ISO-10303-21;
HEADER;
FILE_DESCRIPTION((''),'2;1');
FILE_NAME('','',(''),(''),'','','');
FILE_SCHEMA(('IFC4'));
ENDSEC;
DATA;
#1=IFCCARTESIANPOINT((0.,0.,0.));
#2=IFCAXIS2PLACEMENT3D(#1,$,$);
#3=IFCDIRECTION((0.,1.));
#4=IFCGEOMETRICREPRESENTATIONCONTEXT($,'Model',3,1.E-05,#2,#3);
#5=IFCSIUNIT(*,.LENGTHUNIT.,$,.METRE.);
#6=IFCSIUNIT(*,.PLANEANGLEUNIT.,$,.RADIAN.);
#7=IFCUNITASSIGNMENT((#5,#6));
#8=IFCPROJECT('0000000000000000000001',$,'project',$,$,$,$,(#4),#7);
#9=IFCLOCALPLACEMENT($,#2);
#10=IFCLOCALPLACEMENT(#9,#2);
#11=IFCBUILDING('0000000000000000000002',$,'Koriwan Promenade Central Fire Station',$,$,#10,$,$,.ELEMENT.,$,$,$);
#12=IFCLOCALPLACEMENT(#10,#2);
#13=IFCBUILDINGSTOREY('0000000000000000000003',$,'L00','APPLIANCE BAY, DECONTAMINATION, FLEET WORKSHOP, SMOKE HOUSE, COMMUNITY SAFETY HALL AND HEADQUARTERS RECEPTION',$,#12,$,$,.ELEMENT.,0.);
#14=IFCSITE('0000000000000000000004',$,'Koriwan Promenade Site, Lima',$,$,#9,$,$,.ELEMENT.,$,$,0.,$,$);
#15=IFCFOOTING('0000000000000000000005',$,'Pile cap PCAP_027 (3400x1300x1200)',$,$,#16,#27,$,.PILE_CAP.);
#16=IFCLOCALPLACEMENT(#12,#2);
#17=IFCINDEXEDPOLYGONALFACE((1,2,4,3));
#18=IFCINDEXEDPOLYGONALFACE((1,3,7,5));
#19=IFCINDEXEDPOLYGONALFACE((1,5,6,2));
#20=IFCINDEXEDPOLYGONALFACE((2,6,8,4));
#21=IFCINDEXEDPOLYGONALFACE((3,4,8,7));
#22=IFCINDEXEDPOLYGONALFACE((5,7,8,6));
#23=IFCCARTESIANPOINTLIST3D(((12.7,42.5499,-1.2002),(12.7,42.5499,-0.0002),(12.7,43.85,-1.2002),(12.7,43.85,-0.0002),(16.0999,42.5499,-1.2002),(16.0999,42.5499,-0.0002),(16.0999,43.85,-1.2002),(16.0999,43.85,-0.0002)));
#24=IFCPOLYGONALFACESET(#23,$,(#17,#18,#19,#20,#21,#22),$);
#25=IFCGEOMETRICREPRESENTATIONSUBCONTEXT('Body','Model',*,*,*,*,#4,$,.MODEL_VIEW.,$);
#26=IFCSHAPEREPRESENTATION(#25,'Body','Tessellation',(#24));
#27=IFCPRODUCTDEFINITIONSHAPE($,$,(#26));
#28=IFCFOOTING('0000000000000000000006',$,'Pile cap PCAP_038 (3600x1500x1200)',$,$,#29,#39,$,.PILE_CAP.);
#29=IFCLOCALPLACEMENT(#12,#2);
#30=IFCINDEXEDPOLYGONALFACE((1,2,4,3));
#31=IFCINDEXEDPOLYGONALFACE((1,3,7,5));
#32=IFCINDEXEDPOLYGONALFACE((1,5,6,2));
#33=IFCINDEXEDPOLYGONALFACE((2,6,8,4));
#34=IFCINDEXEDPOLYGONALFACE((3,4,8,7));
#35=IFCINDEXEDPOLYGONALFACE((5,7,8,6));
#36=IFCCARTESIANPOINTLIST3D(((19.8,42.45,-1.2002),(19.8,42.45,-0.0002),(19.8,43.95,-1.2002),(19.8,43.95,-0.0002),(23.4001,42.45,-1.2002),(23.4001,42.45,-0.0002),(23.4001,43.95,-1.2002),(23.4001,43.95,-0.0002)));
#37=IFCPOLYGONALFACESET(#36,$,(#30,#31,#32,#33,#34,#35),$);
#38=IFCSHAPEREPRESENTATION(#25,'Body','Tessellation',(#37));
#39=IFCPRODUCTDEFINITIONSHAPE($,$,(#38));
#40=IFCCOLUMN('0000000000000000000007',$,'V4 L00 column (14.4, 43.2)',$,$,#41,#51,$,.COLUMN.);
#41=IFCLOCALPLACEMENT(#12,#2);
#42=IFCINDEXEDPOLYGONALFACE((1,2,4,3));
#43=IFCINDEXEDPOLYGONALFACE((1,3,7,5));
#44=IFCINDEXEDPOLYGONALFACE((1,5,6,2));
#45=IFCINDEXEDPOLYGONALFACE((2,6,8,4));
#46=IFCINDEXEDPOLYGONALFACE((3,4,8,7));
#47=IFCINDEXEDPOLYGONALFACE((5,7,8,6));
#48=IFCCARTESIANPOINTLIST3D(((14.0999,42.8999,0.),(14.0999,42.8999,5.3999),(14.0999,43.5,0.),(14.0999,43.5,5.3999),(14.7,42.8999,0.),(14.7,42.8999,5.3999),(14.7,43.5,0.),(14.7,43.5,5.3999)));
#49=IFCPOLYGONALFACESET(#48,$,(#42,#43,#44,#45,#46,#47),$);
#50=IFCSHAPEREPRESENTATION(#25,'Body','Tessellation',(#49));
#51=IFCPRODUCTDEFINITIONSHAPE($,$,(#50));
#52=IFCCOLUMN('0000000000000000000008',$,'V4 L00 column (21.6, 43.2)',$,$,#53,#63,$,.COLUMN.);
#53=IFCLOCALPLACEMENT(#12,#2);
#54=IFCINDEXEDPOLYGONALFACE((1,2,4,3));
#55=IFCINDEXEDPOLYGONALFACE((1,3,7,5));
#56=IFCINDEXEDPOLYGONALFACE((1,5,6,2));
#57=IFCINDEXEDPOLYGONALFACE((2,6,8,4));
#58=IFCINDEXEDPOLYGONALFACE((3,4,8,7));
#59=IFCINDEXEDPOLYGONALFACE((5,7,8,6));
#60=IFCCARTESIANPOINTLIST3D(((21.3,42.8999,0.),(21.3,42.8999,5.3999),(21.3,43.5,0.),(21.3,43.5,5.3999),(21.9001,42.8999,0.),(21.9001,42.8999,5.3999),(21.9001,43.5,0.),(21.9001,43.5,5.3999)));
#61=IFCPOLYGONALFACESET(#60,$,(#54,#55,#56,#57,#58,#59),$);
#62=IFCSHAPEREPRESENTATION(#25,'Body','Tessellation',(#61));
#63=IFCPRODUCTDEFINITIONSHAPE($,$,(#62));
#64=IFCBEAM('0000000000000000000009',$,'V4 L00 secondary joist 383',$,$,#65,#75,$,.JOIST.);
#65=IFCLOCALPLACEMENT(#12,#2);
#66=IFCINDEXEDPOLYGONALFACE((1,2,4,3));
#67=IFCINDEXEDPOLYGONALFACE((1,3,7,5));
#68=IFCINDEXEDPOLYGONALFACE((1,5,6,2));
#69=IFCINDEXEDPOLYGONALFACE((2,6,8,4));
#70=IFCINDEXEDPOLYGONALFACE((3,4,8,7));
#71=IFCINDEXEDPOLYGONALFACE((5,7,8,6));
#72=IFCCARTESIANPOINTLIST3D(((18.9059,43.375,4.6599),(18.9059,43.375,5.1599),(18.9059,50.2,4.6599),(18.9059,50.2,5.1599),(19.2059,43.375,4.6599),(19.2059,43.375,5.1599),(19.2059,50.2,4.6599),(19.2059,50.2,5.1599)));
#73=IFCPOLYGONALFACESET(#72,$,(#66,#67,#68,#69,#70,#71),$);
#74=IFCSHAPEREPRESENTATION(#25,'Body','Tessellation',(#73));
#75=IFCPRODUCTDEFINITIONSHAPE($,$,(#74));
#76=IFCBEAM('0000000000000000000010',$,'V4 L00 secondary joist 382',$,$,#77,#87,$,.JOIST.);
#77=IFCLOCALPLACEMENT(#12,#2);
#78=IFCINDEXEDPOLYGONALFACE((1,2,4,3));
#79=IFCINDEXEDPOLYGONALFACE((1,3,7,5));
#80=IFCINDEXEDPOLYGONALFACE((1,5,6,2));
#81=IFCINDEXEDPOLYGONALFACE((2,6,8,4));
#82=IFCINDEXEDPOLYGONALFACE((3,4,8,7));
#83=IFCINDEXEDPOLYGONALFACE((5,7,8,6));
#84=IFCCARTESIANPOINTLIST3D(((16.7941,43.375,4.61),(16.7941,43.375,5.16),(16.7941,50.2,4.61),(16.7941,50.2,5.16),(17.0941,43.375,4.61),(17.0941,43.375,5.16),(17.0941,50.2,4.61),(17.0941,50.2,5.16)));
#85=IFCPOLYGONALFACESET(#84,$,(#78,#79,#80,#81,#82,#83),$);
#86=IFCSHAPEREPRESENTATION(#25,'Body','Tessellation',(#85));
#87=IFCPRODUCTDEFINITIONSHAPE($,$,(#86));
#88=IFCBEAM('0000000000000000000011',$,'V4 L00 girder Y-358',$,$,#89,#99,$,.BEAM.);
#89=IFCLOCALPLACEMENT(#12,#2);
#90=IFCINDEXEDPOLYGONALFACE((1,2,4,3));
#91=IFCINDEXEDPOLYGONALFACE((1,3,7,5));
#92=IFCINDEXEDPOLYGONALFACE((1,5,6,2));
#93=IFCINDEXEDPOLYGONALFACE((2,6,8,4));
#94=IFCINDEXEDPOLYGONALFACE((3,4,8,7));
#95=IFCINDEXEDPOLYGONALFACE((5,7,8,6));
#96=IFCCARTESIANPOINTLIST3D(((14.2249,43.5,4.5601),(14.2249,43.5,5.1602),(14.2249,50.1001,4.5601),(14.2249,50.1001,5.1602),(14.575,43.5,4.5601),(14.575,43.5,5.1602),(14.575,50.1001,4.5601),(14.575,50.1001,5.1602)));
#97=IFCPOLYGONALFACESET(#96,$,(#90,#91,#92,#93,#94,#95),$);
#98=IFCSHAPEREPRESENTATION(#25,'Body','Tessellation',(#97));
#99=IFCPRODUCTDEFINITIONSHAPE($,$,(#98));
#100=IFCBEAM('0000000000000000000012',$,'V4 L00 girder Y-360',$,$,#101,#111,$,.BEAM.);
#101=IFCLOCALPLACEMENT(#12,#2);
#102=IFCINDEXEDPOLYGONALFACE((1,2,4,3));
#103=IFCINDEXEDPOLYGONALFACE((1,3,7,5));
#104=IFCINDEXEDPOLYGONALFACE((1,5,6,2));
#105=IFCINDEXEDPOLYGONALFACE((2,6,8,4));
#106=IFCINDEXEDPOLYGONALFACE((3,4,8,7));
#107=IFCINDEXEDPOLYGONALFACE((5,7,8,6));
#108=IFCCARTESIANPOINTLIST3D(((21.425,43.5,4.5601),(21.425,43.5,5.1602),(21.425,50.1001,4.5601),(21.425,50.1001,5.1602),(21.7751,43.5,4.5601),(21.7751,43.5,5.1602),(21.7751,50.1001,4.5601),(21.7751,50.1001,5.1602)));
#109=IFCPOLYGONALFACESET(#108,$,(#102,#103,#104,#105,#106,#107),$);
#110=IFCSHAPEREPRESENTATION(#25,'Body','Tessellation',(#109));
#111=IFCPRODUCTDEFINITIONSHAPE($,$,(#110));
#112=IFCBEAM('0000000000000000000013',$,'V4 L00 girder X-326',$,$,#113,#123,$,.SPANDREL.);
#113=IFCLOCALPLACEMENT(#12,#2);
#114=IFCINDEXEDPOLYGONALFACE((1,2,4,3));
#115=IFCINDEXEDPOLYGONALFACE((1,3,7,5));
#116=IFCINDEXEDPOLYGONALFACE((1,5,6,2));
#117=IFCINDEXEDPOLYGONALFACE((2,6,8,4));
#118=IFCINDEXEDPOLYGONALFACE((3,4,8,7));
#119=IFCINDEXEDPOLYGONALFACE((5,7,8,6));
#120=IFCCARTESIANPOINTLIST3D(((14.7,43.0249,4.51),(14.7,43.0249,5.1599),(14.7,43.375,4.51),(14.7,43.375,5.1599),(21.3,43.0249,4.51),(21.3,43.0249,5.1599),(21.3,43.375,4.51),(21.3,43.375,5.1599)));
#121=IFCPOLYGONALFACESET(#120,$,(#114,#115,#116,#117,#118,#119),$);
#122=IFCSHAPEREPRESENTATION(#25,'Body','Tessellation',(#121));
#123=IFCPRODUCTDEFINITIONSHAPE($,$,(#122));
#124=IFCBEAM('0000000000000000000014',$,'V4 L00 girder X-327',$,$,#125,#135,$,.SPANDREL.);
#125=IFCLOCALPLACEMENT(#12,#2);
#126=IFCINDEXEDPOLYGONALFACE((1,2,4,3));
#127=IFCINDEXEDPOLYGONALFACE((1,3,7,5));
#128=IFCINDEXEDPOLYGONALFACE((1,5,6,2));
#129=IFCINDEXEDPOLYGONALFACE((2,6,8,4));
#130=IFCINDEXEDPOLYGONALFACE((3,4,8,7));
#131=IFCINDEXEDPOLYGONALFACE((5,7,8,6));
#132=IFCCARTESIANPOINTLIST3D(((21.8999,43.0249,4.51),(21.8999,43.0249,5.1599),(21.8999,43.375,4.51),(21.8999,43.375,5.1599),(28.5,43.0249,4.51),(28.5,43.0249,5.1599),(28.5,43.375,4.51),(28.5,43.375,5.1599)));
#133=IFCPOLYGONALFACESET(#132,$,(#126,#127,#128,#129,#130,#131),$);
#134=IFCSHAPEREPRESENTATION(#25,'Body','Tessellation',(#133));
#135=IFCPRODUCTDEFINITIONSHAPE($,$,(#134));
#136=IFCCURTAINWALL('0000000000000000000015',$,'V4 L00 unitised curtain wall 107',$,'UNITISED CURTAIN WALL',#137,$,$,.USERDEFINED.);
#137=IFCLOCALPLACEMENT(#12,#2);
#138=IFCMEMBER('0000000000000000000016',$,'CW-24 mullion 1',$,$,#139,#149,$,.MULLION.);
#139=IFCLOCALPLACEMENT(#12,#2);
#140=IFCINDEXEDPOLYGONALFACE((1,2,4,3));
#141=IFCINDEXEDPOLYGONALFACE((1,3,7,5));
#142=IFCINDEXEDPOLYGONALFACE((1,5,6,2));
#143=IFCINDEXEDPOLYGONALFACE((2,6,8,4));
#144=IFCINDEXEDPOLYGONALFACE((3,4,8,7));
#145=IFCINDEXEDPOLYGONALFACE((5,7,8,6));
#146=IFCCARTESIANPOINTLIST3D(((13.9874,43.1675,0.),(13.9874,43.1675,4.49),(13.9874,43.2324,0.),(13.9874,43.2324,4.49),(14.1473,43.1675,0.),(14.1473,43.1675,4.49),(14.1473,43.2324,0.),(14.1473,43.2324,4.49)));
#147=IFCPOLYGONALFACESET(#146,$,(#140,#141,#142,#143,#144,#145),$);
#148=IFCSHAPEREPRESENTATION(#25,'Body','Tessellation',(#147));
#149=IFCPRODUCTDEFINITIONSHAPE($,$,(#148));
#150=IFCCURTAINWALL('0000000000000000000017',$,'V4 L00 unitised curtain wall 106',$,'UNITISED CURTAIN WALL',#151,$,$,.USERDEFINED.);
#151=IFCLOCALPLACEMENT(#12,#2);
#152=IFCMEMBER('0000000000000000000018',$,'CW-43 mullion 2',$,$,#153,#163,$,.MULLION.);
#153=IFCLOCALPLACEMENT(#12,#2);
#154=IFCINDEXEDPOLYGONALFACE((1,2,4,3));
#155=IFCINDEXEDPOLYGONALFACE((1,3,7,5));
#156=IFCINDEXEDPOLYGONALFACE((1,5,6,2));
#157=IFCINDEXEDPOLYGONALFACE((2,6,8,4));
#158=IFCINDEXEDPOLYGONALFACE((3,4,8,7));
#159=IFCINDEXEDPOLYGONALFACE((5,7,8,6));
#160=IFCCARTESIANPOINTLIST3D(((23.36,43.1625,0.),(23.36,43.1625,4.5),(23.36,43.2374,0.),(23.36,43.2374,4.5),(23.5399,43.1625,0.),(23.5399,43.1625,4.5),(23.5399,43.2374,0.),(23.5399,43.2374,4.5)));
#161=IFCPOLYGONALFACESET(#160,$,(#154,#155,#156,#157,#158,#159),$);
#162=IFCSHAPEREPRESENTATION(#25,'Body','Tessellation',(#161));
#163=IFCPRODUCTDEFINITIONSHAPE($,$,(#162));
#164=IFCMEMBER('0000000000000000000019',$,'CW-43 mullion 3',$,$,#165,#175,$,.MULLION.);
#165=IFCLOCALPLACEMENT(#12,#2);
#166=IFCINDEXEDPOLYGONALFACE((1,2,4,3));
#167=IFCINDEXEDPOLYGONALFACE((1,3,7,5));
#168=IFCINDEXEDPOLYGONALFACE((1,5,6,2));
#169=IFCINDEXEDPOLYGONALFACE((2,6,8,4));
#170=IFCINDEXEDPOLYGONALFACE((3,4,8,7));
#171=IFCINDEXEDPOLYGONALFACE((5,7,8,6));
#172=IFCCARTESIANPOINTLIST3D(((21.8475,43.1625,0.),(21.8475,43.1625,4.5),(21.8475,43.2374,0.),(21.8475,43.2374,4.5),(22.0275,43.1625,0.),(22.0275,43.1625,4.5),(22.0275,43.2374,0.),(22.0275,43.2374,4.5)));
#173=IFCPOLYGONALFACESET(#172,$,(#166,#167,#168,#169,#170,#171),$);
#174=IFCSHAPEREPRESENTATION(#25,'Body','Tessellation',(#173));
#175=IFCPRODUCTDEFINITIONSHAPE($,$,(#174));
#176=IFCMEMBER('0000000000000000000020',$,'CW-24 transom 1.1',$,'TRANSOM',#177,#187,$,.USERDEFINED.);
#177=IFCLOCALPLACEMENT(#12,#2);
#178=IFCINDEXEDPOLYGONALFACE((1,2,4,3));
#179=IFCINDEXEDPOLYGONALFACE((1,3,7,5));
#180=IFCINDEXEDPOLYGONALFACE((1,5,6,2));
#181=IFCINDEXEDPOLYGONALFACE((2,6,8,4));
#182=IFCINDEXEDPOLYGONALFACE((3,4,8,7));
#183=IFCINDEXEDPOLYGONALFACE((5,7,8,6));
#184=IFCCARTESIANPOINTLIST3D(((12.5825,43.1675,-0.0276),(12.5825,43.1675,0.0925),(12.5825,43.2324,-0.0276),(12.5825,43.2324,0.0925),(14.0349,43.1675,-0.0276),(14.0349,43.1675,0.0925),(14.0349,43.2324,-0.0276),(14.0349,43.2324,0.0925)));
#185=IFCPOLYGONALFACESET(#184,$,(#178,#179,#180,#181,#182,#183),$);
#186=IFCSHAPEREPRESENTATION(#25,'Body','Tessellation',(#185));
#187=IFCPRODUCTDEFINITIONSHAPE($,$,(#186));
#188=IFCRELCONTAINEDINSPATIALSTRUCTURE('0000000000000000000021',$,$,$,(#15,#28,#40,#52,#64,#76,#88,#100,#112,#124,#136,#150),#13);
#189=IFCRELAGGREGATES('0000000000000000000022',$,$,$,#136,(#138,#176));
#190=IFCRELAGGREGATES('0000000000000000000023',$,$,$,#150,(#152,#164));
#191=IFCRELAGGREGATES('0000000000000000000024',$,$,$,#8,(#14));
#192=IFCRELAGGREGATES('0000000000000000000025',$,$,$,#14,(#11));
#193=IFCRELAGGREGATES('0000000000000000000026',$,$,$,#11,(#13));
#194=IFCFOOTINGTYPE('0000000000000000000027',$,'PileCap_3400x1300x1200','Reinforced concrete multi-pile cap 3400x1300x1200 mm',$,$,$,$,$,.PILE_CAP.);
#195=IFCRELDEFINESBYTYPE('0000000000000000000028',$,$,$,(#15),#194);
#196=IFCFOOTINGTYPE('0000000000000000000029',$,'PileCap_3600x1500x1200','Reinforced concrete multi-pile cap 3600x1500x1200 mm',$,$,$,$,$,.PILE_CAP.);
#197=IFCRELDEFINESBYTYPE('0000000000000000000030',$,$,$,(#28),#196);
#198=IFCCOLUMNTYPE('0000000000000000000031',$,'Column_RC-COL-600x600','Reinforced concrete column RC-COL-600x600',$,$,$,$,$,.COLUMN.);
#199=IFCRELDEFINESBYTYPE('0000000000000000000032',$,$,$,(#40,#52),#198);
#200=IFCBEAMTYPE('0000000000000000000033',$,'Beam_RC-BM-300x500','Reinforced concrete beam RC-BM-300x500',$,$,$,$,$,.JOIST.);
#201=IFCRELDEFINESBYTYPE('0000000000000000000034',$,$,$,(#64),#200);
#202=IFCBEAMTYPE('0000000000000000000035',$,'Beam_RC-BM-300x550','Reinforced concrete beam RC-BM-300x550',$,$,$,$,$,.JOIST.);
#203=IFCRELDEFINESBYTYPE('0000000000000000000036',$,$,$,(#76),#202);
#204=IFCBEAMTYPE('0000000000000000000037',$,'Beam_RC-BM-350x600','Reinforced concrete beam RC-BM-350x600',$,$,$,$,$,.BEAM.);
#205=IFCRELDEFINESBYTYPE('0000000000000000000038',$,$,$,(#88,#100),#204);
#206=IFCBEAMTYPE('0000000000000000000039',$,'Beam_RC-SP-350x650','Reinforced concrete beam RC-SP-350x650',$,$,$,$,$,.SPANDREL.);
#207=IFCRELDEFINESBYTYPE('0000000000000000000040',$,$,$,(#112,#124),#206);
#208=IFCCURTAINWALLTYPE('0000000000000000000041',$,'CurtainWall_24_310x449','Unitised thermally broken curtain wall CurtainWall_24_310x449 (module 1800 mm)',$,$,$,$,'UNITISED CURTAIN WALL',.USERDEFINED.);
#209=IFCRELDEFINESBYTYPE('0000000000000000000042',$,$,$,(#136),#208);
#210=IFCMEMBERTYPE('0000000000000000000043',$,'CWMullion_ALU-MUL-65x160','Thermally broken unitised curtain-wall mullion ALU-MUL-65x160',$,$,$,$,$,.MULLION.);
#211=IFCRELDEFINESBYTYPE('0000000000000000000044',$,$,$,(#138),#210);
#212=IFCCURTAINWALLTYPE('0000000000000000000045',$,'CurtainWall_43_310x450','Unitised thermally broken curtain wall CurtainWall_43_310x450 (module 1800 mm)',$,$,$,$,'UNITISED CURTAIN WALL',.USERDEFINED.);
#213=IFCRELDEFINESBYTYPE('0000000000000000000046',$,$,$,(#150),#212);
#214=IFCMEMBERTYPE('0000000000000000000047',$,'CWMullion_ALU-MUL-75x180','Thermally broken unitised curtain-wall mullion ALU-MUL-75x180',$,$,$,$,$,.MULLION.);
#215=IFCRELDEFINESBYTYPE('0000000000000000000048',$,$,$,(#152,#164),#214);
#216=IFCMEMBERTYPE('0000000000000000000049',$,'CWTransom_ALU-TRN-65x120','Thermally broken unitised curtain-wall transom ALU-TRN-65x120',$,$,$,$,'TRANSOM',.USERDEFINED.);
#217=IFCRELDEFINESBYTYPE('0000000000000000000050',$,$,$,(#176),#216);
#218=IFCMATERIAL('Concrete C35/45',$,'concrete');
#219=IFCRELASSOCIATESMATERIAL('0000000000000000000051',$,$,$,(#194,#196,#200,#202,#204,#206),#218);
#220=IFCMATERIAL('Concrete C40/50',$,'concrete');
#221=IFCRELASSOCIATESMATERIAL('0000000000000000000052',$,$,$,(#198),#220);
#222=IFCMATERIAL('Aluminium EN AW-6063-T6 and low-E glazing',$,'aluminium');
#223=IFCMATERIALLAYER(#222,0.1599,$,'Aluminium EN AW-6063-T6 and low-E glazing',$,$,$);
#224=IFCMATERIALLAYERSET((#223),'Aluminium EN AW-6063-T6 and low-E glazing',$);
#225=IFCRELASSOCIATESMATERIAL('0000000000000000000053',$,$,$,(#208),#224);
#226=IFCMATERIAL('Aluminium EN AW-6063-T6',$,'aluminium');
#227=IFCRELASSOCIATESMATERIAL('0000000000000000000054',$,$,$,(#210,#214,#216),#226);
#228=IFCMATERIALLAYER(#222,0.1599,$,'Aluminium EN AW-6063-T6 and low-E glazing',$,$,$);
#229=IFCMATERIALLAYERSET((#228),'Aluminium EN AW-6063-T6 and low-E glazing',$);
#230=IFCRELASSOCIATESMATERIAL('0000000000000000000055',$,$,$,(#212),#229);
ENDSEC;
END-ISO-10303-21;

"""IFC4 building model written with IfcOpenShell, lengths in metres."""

from ifc_helpers import new_model, si_unit, direction, frame, origin, origin_2d, place, context, subcontext, project, spatial, rectangle, extrude, material, layer, layer_set, material_profile, profile_set, type_object, element, aggregate, save


model = new_model("IFC4")

# Units and contexts
model_context = context("Model", 3, precision=1e-05, world=origin(), true_north=direction((0.0, 1.0)))
body_context = subcontext(model_context, "Body", "Model", "MODEL_VIEW")
ifc_project = project(units=[si_unit("LENGTHUNIT", "METRE"), si_unit("PLANEANGLEUNIT", "RADIAN")], contexts=[model_context])

# Site, building, storey
site_placement = place(None, origin())
site = spatial("IfcSite", under=ifc_project, at=site_placement, Name="Koriwan Promenade Site, Lima", CompositionType="ELEMENT", RefElevation=0.0)
building_placement = place(site_placement, origin())
building = spatial("IfcBuilding", under=site, at=building_placement, Name="Koriwan Promenade Central Fire Station", CompositionType="ELEMENT")
storey_placement = place(building_placement, origin())
storey = spatial("IfcBuildingStorey", under=building, at=storey_placement, Name="L00", Description="APPLIANCE BAY, DECONTAMINATION, FLEET WORKSHOP, SMOKE HOUSE, COMMUNITY SAFETY HALL AND HEADQUARTERS RECEPTION", CompositionType="ELEMENT", Elevation=0.0)

# Shared definitions
ifc_material_1 = material(Name="Concrete C35/45", Category="concrete")

# Footings
footing_type_1 = type_object("IfcFootingType", Name="PileCap_3400x1300x1200", Description="Reinforced concrete multi-pile cap 3400x1300x1200 mm", PredefinedType="PILE_CAP", material=ifc_material_1)
footing_1_placement = place(storey_placement, frame((14.3999, 43.2, -1.2002), z_axis=(0.0, 0.0, 1.0), x_axis=(1.0, 0.0, 0.0)))
element("IfcFooting", 1, at=footing_1_placement, inside=storey, type_object=footing_type_1, Name="Pile cap PCAP_027 (3400x1300x1200)", PredefinedType="PILE_CAP", context=body_context, shape_type="SweptSolid", body=[
    extrude(rectangle(XDim=3.3999, YDim=1.3, at=origin_2d()), origin(), (0.0, 0.0, 1.0), 1.2),
])
footing_type_2 = type_object("IfcFootingType", Name="PileCap_3600x1500x1200", Description="Reinforced concrete multi-pile cap 3600x1500x1200 mm", PredefinedType="PILE_CAP", material=ifc_material_1)
footing_2_placement = place(storey_placement, frame((21.6001, 43.2, -1.2002), z_axis=(0.0, 0.0, 1.0), x_axis=(1.0, 0.0, 0.0)))
element("IfcFooting", 2, at=footing_2_placement, inside=storey, type_object=footing_type_2, Name="Pile cap PCAP_038 (3600x1500x1200)", PredefinedType="PILE_CAP", context=body_context, shape_type="SweptSolid", body=[
    extrude(rectangle(XDim=3.6001, YDim=1.5, at=origin_2d()), origin(), (0.0, 0.0, 1.0), 1.2),
])

# Columns
ifc_material_2 = material(Name="Concrete C40/50", Category="concrete")
ifc_material_profile_1 = material_profile(ifc_material_2, rectangle(XDim=0.6001, YDim=0.6001, at=origin_2d()), Name="RC-COL-600x600")
ifc_profile_set_1 = profile_set([ifc_material_profile_1], Name="Concrete C40/50")
column_type = type_object("IfcColumnType", Name="Column_RC-COL-600x600", Description="Reinforced concrete column RC-COL-600x600", PredefinedType="COLUMN", material=ifc_profile_set_1)
for number, where, z_axis, x_axis, name in (
    (3, (14.3999, 43.2, 0.0), (0.0, 0.0, 1.0), (1.0, 0.0, 0.0), "V4 L00 column (14.4, 43.2)"),
    (4, (21.6001, 43.2, 0.0), (0.0, 0.0, 1.0), (1.0, 0.0, 0.0), "V4 L00 column (21.6, 43.2)"),
):
    element("IfcColumn", number, at=place(storey_placement, frame(where, z_axis=z_axis, x_axis=x_axis)), inside=storey, type_object=column_type, Name=name, PredefinedType="COLUMN", context=body_context, shape_type="SweptSolid", body=[
        extrude(rectangle(XDim=0.6001, YDim=0.6001, at=origin_2d()), origin(), (0.0, 0.0, 1.0), 5.3999),
    ])

# Beams
ifc_material_profile_2 = material_profile(ifc_material_1, rectangle(XDim=0.3, YDim=0.5, at=origin_2d()), Name="RC-BM-300x500")
ifc_profile_set_2 = profile_set([ifc_material_profile_2], Name="Concrete C35/45")
beam_type_1 = type_object("IfcBeamType", Name="Beam_RC-BM-300x500", Description="Reinforced concrete beam RC-BM-300x500", PredefinedType="JOIST", material=ifc_profile_set_2)
beam_1_placement = place(storey_placement, frame((19.0559, 43.375, 4.9099), z_axis=(0.0, 1.0, 0.0), x_axis=(-1.0, 0.0, 0.0)))
element("IfcBeam", 5, at=beam_1_placement, inside=storey, type_object=beam_type_1, Name="V4 L00 secondary joist 383", PredefinedType="JOIST", context=body_context, shape_type="SweptSolid", body=[
    extrude(rectangle(XDim=0.3, YDim=0.5, at=origin_2d()), origin(), (0.0, 0.0, 1.0), 6.825),
])
ifc_material_profile_3 = material_profile(ifc_material_1, rectangle(XDim=0.3, YDim=0.55, at=origin_2d()), Name="RC-BM-300x550")
ifc_profile_set_3 = profile_set([ifc_material_profile_3], Name="Concrete C35/45")
beam_type_2 = type_object("IfcBeamType", Name="Beam_RC-BM-300x550", Description="Reinforced concrete beam RC-BM-300x550", PredefinedType="JOIST", material=ifc_profile_set_3)
beam_2_placement = place(storey_placement, frame((16.9441, 43.375, 4.885), z_axis=(0.0, 1.0, 0.0), x_axis=(-1.0, 0.0, 0.0)))
element("IfcBeam", 6, at=beam_2_placement, inside=storey, type_object=beam_type_2, Name="V4 L00 secondary joist 382", PredefinedType="JOIST", context=body_context, shape_type="SweptSolid", body=[
    extrude(rectangle(XDim=0.3, YDim=0.55, at=origin_2d()), origin(), (0.0, 0.0, 1.0), 6.825),
])
ifc_material_profile_4 = material_profile(ifc_material_1, rectangle(XDim=0.3501, YDim=0.6001, at=origin_2d()), Name="RC-BM-350x600")
ifc_profile_set_4 = profile_set([ifc_material_profile_4], Name="Concrete C35/45")
beam_type_3 = type_object("IfcBeamType", Name="Beam_RC-BM-350x600", Description="Reinforced concrete beam RC-BM-350x600", PredefinedType="BEAM", material=ifc_profile_set_4)
for number, where, z_axis, x_axis, name in (
    (7, (14.3999, 43.5, 4.8601), (0.0, 1.0, 0.0), (-1.0, 0.0, 0.0), "V4 L00 girder Y-358"),
    (8, (21.6001, 43.5, 4.8601), (0.0, 1.0, 0.0), (-1.0, 0.0, 0.0), "V4 L00 girder Y-360"),
):
    element("IfcBeam", number, at=place(storey_placement, frame(where, z_axis=z_axis, x_axis=x_axis)), inside=storey, type_object=beam_type_3, Name=name, PredefinedType="BEAM", context=body_context, shape_type="SweptSolid", body=[
        extrude(rectangle(XDim=0.3501, YDim=0.6001, at=origin_2d()), origin(), (0.0, 0.0, 1.0), 6.6001),
    ])
ifc_material_profile_5 = material_profile(ifc_material_1, rectangle(XDim=0.3501, YDim=0.6499, at=origin_2d()), Name="RC-SP-350x650")
ifc_profile_set_5 = profile_set([ifc_material_profile_5], Name="Concrete C35/45")
beam_type_4 = type_object("IfcBeamType", Name="Beam_RC-SP-350x650", Description="Reinforced concrete beam RC-SP-350x650", PredefinedType="SPANDREL", material=ifc_profile_set_5)
for number, where, z_axis, x_axis, name in (
    (9, (14.7, 43.2, 4.835), (1.0, 0.0, 0.0), (0.0, 1.0, 0.0), "V4 L00 girder X-326"),
    (10, (21.8999, 43.2, 4.835), (1.0, 0.0, 0.0), (0.0, 1.0, 0.0), "V4 L00 girder X-327"),
):
    element("IfcBeam", number, at=place(storey_placement, frame(where, z_axis=z_axis, x_axis=x_axis)), inside=storey, type_object=beam_type_4, Name=name, PredefinedType="SPANDREL", context=body_context, shape_type="SweptSolid", body=[
        extrude(rectangle(XDim=0.3501, YDim=0.6499, at=origin_2d()), origin(), (0.0, 0.0, 1.0), 6.6001),
    ])

# Curtain wall, member
ifc_material_3 = material(Name="Aluminium EN AW-6063-T6 and low-E glazing", Category="aluminium")
ifc_layer_1 = layer(ifc_material_3, 0.1599, Name="Aluminium EN AW-6063-T6 and low-E glazing")
ifc_layer_set_1 = layer_set([ifc_layer_1], Name="Aluminium EN AW-6063-T6 and low-E glazing")
curtain_wall_type_1 = type_object("IfcCurtainWallType", Name="CurtainWall_24_310x449", Description="Unitised thermally broken curtain wall CurtainWall_24_310x449 (module 1800 mm)", ElementType="UNITISED CURTAIN WALL", PredefinedType="USERDEFINED", material=ifc_layer_set_1)
curtain_wall_1_placement = place(storey_placement, origin())
curtain_wall_1 = element("IfcCurtainWall", 11, at=curtain_wall_1_placement, inside=storey, type_object=curtain_wall_type_1, Name="V4 L00 unitised curtain wall 107", ObjectType="UNITISED CURTAIN WALL", PredefinedType="USERDEFINED")
ifc_material_4 = material(Name="Aluminium EN AW-6063-T6", Category="aluminium")
ifc_material_profile_6 = material_profile(ifc_material_4, rectangle(XDim=0.0649, YDim=0.1599, at=origin_2d()), Name="ALU-MUL-65x160")
ifc_profile_set_6 = profile_set([ifc_material_profile_6], Name="Aluminium EN AW-6063-T6")
member_type_1 = type_object("IfcMemberType", Name="CWMullion_ALU-MUL-65x160", Description="Thermally broken unitised curtain-wall mullion ALU-MUL-65x160", PredefinedType="MULLION", material=ifc_profile_set_6)
member_1_placement = place(storey_placement, frame((14.0674, 43.2, 0.0), z_axis=(0.0, 0.0, 1.0), x_axis=(0.0, -1.0, 0.0)))
member_1 = element("IfcMember", 12, at=member_1_placement, type_object=member_type_1, Name="CW-24 mullion 1", PredefinedType="MULLION", context=body_context, shape_type="SweptSolid", body=[
    extrude(rectangle(XDim=0.0649, YDim=0.1599, at=origin_2d()), origin(), (0.0, 0.0, 1.0), 4.49),
])

# Curtain wall, members
ifc_layer_2 = layer(ifc_material_3, 0.1599, Name="Aluminium EN AW-6063-T6 and low-E glazing")
ifc_layer_set_2 = layer_set([ifc_layer_2], Name="Aluminium EN AW-6063-T6 and low-E glazing")
curtain_wall_type_2 = type_object("IfcCurtainWallType", Name="CurtainWall_43_310x450", Description="Unitised thermally broken curtain wall CurtainWall_43_310x450 (module 1800 mm)", ElementType="UNITISED CURTAIN WALL", PredefinedType="USERDEFINED", material=ifc_layer_set_2)
curtain_wall_2_placement = place(storey_placement, origin())
curtain_wall_2 = element("IfcCurtainWall", 13, at=curtain_wall_2_placement, inside=storey, type_object=curtain_wall_type_2, Name="V4 L00 unitised curtain wall 106", ObjectType="UNITISED CURTAIN WALL", PredefinedType="USERDEFINED")
ifc_material_profile_7 = material_profile(ifc_material_4, rectangle(XDim=0.075, YDim=0.1799, at=origin_2d()), Name="ALU-MUL-75x180")
ifc_profile_set_7 = profile_set([ifc_material_profile_7], Name="Aluminium EN AW-6063-T6")
member_type_2 = type_object("IfcMemberType", Name="CWMullion_ALU-MUL-75x180", Description="Thermally broken unitised curtain-wall mullion ALU-MUL-75x180", PredefinedType="MULLION", material=ifc_profile_set_7)
member_2_placement = place(storey_placement, frame((23.45, 43.2, 0.0), z_axis=(0.0, 0.0, 1.0), x_axis=(0.0, -1.0, 0.0)))
member_2 = element("IfcMember", 14, at=member_2_placement, type_object=member_type_2, Name="CW-43 mullion 2", PredefinedType="MULLION", context=body_context, shape_type="SweptSolid", body=[
    extrude(rectangle(XDim=0.075, YDim=0.1799, at=origin_2d()), origin(), (0.0, 0.0, 1.0), 4.5),
])
member_3_placement = place(storey_placement, frame((21.9375, 43.2, 0.0), z_axis=(0.0, 0.0, 1.0), x_axis=(0.0, -1.0, 0.0)))
member_3 = element("IfcMember", 15, at=member_3_placement, type_object=member_type_2, Name="CW-43 mullion 3", PredefinedType="MULLION", context=body_context, shape_type="SweptSolid", body=[
    extrude(rectangle(XDim=0.075, YDim=0.1799, at=origin_2d()), origin(), (0.0, 0.0, 1.0), 4.5),
])

# Member
ifc_material_profile_8 = material_profile(ifc_material_4, rectangle(XDim=0.0649, YDim=0.1201, at=origin_2d()), Name="ALU-TRN-65x120")
ifc_profile_set_8 = profile_set([ifc_material_profile_8], Name="Aluminium EN AW-6063-T6")
member_type_3 = type_object("IfcMemberType", Name="CWTransom_ALU-TRN-65x120", Description="Thermally broken unitised curtain-wall transom ALU-TRN-65x120", ElementType="TRANSOM", PredefinedType="USERDEFINED", material=ifc_profile_set_8)
member_4_placement = place(storey_placement, frame((14.0349, 43.2, 0.0325), z_axis=(-1.0, 0.0, 0.0), x_axis=(0.0, -1.0, 0.0)))
member_4 = element("IfcMember", 16, at=member_4_placement, type_object=member_type_3, Name="CW-24 transom 1.1", ObjectType="TRANSOM", PredefinedType="USERDEFINED", context=body_context, shape_type="SweptSolid", body=[
    extrude(rectangle(XDim=0.0649, YDim=0.1201, at=origin_2d()), origin(), (0.0, 0.0, 1.0), 1.4524),
])
aggregate(curtain_wall_1, [member_1, member_4])

aggregate(curtain_wall_2, [member_2, member_3])

save(model, "model.ifc")
